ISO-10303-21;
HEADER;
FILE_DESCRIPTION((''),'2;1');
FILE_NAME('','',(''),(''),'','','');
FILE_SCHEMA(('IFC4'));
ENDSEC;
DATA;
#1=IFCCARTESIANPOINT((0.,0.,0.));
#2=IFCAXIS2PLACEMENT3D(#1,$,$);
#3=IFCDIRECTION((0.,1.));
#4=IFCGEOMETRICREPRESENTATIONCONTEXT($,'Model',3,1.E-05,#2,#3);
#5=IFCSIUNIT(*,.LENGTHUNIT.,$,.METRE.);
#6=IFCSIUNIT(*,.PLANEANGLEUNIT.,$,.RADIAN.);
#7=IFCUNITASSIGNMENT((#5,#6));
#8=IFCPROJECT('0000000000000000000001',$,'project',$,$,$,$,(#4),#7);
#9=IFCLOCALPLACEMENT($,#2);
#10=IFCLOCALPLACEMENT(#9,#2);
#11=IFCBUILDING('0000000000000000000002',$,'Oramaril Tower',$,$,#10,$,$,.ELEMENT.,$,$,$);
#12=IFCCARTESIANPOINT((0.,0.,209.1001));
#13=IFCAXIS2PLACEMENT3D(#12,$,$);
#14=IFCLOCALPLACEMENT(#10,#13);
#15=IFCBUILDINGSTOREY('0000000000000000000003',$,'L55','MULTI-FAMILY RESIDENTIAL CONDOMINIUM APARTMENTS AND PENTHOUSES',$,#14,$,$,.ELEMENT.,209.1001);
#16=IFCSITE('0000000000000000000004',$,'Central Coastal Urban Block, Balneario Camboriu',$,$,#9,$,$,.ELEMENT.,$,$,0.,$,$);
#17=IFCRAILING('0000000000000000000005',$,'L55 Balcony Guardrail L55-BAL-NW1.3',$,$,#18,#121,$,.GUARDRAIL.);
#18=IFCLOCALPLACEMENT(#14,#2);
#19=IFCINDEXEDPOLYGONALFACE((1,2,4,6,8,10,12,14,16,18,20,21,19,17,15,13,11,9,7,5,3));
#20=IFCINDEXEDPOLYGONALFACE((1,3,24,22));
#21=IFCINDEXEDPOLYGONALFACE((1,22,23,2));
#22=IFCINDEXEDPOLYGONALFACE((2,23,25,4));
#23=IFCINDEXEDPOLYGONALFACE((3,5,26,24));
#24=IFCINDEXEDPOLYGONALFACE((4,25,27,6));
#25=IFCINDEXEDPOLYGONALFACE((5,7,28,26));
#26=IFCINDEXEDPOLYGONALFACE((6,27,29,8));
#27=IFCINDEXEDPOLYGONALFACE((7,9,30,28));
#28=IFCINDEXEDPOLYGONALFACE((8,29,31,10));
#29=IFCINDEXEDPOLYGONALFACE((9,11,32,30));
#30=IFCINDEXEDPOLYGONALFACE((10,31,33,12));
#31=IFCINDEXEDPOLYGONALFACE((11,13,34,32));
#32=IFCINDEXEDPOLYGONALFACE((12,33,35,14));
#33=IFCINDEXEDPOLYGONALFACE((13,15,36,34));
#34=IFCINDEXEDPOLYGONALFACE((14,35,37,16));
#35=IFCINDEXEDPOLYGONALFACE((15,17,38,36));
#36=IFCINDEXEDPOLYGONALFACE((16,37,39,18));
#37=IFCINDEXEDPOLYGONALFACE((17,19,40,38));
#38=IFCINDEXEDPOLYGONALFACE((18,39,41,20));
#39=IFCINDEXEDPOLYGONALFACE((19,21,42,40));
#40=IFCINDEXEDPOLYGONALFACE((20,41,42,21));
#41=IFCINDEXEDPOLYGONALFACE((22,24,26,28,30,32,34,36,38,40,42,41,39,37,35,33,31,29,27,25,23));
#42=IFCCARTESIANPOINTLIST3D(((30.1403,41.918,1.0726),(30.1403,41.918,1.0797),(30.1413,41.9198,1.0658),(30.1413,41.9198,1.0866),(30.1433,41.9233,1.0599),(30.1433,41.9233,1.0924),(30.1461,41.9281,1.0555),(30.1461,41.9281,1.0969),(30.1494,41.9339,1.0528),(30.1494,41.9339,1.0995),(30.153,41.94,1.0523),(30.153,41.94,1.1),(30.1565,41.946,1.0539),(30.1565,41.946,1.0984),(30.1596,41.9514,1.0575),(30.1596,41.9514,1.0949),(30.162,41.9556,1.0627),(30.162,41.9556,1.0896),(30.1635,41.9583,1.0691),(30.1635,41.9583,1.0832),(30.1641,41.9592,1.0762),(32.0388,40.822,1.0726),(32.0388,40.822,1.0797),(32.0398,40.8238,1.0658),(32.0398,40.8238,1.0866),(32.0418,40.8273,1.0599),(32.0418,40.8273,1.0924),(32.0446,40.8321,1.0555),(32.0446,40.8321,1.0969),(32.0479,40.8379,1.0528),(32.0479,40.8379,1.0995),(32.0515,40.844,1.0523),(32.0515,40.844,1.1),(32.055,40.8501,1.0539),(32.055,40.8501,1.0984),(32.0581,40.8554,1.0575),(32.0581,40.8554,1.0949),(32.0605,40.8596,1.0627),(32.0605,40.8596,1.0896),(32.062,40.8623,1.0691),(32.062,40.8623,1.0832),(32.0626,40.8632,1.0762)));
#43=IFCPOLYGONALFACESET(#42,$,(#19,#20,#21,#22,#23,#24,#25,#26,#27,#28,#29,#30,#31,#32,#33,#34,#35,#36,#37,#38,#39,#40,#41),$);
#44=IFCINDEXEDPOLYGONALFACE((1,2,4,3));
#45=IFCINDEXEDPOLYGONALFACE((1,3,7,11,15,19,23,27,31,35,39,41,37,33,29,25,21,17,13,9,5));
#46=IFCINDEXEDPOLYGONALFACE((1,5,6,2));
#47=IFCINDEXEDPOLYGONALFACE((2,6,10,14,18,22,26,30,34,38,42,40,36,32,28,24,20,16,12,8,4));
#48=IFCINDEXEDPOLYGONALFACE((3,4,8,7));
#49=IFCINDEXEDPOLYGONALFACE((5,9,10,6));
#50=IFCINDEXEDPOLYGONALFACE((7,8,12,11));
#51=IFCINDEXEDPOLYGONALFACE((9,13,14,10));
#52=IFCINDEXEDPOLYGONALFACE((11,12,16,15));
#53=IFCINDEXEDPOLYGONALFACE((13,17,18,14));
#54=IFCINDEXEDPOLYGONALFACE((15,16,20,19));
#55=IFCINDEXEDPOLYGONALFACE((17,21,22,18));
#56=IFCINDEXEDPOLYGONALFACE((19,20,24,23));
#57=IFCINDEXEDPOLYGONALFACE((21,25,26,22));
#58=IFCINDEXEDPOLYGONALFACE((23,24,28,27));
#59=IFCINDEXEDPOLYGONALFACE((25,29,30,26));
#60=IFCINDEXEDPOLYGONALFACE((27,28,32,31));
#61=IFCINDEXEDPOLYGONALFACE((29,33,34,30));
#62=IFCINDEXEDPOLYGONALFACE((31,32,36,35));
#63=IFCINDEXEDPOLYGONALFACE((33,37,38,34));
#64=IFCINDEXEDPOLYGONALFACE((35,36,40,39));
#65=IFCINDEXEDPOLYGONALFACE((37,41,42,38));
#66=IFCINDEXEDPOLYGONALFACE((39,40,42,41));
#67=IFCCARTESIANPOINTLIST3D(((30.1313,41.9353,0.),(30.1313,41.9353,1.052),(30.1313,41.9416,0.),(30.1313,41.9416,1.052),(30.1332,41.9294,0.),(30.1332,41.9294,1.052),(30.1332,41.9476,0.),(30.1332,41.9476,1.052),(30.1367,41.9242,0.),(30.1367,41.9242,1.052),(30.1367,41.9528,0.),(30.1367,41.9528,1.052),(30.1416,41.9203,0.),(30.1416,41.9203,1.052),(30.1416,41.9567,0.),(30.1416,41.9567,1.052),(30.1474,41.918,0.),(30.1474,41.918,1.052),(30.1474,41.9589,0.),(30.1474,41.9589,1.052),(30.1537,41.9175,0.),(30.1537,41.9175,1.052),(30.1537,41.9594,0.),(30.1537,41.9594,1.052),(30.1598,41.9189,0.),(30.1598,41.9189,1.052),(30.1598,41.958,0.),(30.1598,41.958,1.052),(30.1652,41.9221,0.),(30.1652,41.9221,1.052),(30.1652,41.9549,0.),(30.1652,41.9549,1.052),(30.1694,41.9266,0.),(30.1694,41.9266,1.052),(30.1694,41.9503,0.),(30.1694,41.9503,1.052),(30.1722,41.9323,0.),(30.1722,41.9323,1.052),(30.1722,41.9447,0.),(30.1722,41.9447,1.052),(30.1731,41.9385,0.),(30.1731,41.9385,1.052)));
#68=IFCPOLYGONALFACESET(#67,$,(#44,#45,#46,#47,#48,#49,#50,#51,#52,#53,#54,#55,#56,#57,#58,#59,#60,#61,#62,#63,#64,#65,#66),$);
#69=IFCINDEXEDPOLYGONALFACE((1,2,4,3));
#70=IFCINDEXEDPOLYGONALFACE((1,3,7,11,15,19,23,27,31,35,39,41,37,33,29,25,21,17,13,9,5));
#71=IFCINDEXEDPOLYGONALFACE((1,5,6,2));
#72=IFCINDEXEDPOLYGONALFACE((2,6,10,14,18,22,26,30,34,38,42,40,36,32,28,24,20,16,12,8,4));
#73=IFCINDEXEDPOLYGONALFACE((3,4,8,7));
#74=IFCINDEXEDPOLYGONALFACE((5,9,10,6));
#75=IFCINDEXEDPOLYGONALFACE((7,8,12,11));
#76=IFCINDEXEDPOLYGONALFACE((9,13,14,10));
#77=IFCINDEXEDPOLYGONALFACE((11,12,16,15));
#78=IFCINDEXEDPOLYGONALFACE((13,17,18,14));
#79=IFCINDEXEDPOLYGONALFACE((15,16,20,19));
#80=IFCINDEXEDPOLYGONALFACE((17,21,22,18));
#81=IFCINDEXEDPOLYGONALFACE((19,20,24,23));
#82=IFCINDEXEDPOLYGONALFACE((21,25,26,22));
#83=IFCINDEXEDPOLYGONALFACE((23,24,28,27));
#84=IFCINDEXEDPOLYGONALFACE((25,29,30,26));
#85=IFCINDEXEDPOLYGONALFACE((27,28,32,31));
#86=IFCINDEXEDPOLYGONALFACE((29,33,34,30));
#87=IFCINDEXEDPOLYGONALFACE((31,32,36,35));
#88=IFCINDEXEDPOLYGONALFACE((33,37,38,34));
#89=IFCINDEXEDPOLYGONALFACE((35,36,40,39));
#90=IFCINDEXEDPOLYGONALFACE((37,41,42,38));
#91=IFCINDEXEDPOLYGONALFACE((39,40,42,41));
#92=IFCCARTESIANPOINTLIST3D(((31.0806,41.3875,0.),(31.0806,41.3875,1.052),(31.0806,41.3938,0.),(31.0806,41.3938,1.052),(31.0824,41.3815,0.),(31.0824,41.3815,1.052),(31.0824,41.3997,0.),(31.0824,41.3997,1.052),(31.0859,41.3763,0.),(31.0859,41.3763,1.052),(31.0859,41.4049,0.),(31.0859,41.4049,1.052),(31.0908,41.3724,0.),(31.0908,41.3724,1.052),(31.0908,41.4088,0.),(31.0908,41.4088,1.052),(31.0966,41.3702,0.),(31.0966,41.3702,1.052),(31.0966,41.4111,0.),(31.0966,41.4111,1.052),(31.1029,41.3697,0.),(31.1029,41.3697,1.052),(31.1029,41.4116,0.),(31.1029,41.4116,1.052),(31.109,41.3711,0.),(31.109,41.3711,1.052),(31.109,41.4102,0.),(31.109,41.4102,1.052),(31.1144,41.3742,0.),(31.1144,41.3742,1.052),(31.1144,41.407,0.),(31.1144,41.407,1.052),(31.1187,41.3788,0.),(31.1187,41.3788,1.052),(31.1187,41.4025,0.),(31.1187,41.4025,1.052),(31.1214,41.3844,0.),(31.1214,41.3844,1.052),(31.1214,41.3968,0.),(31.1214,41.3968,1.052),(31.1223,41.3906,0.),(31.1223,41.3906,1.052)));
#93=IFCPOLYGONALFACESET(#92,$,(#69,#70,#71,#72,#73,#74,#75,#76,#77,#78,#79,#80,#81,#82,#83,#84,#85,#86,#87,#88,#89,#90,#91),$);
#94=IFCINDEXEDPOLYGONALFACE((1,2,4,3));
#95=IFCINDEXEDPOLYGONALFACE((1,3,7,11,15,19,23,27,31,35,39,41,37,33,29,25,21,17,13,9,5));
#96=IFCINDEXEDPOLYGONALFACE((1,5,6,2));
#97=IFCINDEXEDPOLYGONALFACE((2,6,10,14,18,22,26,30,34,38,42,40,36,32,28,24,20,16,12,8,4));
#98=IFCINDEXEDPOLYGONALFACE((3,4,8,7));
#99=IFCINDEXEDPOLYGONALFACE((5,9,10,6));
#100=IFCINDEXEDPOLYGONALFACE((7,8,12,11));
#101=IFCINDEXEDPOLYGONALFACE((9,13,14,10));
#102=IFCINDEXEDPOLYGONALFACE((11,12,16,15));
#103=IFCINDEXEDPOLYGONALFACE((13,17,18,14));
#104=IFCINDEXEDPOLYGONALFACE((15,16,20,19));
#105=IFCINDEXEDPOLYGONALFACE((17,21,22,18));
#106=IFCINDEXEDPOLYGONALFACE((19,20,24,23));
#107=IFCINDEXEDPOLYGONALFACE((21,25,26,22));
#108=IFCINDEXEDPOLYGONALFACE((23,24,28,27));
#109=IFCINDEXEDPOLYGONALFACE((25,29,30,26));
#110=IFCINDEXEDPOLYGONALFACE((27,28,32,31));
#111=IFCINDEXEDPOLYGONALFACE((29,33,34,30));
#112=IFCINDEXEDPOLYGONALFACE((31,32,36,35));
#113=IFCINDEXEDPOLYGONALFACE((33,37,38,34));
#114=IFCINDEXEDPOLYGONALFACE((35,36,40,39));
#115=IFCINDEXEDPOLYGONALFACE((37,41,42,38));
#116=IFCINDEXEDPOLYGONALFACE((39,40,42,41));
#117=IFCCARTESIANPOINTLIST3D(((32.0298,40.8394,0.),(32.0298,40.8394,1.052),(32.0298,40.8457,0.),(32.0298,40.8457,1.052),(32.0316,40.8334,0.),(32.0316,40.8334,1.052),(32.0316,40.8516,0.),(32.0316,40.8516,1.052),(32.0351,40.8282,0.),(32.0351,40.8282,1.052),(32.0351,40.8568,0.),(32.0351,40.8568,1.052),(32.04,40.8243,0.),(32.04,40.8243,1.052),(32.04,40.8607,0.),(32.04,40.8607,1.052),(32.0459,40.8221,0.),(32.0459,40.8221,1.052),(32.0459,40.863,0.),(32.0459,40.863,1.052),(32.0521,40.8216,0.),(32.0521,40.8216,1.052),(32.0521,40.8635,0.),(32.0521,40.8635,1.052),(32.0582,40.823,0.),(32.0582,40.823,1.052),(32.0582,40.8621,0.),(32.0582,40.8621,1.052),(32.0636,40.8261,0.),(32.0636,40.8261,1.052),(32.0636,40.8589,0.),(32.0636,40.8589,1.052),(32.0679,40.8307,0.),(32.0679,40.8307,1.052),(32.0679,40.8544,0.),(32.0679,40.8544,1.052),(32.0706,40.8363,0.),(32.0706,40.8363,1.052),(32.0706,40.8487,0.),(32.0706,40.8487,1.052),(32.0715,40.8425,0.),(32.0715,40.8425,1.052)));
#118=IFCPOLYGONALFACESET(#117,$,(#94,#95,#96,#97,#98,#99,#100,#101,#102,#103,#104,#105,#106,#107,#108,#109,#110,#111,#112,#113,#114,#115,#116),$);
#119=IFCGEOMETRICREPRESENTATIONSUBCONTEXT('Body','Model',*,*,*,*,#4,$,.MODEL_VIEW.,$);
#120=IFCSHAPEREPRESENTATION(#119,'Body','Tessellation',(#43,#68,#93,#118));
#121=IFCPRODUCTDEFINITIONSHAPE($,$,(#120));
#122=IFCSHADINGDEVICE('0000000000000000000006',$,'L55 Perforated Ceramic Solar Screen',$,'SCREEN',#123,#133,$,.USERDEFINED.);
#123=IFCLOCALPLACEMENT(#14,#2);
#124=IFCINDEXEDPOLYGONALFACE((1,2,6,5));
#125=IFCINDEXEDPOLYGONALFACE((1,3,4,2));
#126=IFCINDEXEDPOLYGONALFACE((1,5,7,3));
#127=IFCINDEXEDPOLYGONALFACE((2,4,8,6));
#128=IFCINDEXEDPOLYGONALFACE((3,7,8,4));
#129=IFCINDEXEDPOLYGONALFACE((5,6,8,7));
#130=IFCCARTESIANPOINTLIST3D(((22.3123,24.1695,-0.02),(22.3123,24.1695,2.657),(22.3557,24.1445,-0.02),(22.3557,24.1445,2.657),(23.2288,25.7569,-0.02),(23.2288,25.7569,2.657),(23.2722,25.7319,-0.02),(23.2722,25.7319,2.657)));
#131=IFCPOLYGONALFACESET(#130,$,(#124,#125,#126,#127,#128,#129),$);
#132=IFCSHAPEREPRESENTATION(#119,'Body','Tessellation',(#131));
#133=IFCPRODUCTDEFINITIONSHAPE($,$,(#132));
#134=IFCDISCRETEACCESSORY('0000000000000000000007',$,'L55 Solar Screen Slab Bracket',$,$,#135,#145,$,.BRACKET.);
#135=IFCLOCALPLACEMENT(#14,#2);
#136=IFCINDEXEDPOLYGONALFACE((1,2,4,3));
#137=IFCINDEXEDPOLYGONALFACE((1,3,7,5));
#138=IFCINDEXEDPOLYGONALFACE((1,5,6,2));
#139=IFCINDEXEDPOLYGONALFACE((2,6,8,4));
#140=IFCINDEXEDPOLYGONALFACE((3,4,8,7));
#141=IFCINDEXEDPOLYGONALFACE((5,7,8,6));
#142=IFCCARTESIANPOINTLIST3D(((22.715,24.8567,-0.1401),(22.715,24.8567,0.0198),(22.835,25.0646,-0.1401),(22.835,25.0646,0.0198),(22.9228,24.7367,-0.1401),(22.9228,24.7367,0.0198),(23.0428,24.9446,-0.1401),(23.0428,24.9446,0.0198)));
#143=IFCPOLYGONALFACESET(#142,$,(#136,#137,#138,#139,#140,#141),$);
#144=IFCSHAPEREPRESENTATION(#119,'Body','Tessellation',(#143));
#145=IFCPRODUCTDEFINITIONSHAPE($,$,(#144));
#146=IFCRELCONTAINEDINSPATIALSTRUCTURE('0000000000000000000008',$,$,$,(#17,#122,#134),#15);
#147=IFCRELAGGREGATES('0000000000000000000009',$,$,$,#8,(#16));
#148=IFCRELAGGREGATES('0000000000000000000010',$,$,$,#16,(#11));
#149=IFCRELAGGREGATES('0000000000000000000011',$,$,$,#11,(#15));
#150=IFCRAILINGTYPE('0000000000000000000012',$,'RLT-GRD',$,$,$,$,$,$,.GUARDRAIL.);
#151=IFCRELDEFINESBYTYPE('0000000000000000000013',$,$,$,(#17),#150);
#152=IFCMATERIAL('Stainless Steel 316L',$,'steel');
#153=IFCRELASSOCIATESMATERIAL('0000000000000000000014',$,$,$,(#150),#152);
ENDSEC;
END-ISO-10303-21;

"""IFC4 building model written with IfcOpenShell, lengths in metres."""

from ifc_helpers import new_model, si_unit, direction, frame, origin, origin_2d, place, context, subcontext, project, spatial, rectangle, circle, extrude, material, type_object, element, save


model = new_model("IFC4")

# Units and contexts
model_context = context("Model", 3, precision=1e-05, world=origin(), true_north=direction((0.0, 1.0)))
body_context = subcontext(model_context, "Body", "Model", "MODEL_VIEW")
ifc_project = project(units=[si_unit("LENGTHUNIT", "METRE"), si_unit("PLANEANGLEUNIT", "RADIAN")], contexts=[model_context])

# Site, building, storey
site_placement = place(None, origin())
site = spatial("IfcSite", under=ifc_project, at=site_placement, Name="Central Coastal Urban Block, Balneario Camboriu", CompositionType="ELEMENT", RefElevation=0.0)
building_placement = place(site_placement, origin())
building = spatial("IfcBuilding", under=site, at=building_placement, Name="Oramaril Tower", CompositionType="ELEMENT")
storey_placement = place(building_placement, frame((0.0, 0.0, 209.1001)))
storey = spatial("IfcBuildingStorey", under=building, at=storey_placement, Name="L55", Description="MULTI-FAMILY RESIDENTIAL CONDOMINIUM APARTMENTS AND PENTHOUSES", CompositionType="ELEMENT", Elevation=209.1001)

# Railing
ifc_material_1 = material(Name="Stainless Steel 316L", Category="steel")
railing_type = type_object("IfcRailingType", Name="RLT-GRD", PredefinedType="GUARDRAIL", material=ifc_material_1)
railing_1_placement = place(storey_placement, frame((30.1521, 41.9385, 0.0)))
element("IfcRailing", 1, at=railing_1_placement, inside=storey, type_object=railing_type, Name="L55 Balcony Guardrail L55-BAL-NW1.3", PredefinedType="GUARDRAIL", context=body_context, shape_type="SweptSolid", body=[
    extrude(circle(Radius=0.0239, at=origin_2d()), frame((0.0, 0.0, 1.0762), z_axis=(0.866048, -0.49996, 0.0), x_axis=(0.49996, 0.866048, 0.0)), (0.0, 0.0, 1.0), 2.1921),
    extrude(circle(Radius=0.021, at=origin_2d()), origin(), (0.0, 0.0, 1.0), 1.052),
    extrude(circle(Radius=0.021, at=origin_2d()), frame((0.9492, -0.5479, 0.0)), (0.0, 0.0, 1.0), 1.052),
    extrude(circle(Radius=0.021, at=origin_2d()), frame((1.8984, -1.0959, 0.0)), (0.0, 0.0, 1.0), 1.052),
])

# Shading device
shading_device_placement = place(storey_placement, frame((22.7922, 24.9507, -0.02), z_axis=(0.0, 0.0, 1.0), x_axis=(-0.500002, -0.866025, 0.0)))
element("IfcShadingDevice", 2, at=shading_device_placement, inside=storey, Name="L55 Perforated Ceramic Solar Screen", ObjectType="SCREEN", PredefinedType="USERDEFINED", context=body_context, shape_type="SweptSolid", body=[
    extrude(rectangle(XDim=1.833, YDim=0.05, at=origin_2d()), origin(), (0.0, 0.0, 1.0), 2.677),
])

# Discrete accessory
discrete_accessory_placement = place(storey_placement, frame((22.8789, 24.9006, -0.1401), z_axis=(0.0, 0.0, 1.0), x_axis=(-0.500002, -0.866025, 0.0)))
element("IfcDiscreteAccessory", 3, at=discrete_accessory_placement, inside=storey, Name="L55 Solar Screen Slab Bracket", PredefinedType="BRACKET", context=body_context, shape_type="SweptSolid", body=[
    extrude(rectangle(XDim=0.24, YDim=0.24, at=origin_2d()), origin(), (0.0, 0.0, 1.0), 0.1599),
])

save(model, "model.ifc")
